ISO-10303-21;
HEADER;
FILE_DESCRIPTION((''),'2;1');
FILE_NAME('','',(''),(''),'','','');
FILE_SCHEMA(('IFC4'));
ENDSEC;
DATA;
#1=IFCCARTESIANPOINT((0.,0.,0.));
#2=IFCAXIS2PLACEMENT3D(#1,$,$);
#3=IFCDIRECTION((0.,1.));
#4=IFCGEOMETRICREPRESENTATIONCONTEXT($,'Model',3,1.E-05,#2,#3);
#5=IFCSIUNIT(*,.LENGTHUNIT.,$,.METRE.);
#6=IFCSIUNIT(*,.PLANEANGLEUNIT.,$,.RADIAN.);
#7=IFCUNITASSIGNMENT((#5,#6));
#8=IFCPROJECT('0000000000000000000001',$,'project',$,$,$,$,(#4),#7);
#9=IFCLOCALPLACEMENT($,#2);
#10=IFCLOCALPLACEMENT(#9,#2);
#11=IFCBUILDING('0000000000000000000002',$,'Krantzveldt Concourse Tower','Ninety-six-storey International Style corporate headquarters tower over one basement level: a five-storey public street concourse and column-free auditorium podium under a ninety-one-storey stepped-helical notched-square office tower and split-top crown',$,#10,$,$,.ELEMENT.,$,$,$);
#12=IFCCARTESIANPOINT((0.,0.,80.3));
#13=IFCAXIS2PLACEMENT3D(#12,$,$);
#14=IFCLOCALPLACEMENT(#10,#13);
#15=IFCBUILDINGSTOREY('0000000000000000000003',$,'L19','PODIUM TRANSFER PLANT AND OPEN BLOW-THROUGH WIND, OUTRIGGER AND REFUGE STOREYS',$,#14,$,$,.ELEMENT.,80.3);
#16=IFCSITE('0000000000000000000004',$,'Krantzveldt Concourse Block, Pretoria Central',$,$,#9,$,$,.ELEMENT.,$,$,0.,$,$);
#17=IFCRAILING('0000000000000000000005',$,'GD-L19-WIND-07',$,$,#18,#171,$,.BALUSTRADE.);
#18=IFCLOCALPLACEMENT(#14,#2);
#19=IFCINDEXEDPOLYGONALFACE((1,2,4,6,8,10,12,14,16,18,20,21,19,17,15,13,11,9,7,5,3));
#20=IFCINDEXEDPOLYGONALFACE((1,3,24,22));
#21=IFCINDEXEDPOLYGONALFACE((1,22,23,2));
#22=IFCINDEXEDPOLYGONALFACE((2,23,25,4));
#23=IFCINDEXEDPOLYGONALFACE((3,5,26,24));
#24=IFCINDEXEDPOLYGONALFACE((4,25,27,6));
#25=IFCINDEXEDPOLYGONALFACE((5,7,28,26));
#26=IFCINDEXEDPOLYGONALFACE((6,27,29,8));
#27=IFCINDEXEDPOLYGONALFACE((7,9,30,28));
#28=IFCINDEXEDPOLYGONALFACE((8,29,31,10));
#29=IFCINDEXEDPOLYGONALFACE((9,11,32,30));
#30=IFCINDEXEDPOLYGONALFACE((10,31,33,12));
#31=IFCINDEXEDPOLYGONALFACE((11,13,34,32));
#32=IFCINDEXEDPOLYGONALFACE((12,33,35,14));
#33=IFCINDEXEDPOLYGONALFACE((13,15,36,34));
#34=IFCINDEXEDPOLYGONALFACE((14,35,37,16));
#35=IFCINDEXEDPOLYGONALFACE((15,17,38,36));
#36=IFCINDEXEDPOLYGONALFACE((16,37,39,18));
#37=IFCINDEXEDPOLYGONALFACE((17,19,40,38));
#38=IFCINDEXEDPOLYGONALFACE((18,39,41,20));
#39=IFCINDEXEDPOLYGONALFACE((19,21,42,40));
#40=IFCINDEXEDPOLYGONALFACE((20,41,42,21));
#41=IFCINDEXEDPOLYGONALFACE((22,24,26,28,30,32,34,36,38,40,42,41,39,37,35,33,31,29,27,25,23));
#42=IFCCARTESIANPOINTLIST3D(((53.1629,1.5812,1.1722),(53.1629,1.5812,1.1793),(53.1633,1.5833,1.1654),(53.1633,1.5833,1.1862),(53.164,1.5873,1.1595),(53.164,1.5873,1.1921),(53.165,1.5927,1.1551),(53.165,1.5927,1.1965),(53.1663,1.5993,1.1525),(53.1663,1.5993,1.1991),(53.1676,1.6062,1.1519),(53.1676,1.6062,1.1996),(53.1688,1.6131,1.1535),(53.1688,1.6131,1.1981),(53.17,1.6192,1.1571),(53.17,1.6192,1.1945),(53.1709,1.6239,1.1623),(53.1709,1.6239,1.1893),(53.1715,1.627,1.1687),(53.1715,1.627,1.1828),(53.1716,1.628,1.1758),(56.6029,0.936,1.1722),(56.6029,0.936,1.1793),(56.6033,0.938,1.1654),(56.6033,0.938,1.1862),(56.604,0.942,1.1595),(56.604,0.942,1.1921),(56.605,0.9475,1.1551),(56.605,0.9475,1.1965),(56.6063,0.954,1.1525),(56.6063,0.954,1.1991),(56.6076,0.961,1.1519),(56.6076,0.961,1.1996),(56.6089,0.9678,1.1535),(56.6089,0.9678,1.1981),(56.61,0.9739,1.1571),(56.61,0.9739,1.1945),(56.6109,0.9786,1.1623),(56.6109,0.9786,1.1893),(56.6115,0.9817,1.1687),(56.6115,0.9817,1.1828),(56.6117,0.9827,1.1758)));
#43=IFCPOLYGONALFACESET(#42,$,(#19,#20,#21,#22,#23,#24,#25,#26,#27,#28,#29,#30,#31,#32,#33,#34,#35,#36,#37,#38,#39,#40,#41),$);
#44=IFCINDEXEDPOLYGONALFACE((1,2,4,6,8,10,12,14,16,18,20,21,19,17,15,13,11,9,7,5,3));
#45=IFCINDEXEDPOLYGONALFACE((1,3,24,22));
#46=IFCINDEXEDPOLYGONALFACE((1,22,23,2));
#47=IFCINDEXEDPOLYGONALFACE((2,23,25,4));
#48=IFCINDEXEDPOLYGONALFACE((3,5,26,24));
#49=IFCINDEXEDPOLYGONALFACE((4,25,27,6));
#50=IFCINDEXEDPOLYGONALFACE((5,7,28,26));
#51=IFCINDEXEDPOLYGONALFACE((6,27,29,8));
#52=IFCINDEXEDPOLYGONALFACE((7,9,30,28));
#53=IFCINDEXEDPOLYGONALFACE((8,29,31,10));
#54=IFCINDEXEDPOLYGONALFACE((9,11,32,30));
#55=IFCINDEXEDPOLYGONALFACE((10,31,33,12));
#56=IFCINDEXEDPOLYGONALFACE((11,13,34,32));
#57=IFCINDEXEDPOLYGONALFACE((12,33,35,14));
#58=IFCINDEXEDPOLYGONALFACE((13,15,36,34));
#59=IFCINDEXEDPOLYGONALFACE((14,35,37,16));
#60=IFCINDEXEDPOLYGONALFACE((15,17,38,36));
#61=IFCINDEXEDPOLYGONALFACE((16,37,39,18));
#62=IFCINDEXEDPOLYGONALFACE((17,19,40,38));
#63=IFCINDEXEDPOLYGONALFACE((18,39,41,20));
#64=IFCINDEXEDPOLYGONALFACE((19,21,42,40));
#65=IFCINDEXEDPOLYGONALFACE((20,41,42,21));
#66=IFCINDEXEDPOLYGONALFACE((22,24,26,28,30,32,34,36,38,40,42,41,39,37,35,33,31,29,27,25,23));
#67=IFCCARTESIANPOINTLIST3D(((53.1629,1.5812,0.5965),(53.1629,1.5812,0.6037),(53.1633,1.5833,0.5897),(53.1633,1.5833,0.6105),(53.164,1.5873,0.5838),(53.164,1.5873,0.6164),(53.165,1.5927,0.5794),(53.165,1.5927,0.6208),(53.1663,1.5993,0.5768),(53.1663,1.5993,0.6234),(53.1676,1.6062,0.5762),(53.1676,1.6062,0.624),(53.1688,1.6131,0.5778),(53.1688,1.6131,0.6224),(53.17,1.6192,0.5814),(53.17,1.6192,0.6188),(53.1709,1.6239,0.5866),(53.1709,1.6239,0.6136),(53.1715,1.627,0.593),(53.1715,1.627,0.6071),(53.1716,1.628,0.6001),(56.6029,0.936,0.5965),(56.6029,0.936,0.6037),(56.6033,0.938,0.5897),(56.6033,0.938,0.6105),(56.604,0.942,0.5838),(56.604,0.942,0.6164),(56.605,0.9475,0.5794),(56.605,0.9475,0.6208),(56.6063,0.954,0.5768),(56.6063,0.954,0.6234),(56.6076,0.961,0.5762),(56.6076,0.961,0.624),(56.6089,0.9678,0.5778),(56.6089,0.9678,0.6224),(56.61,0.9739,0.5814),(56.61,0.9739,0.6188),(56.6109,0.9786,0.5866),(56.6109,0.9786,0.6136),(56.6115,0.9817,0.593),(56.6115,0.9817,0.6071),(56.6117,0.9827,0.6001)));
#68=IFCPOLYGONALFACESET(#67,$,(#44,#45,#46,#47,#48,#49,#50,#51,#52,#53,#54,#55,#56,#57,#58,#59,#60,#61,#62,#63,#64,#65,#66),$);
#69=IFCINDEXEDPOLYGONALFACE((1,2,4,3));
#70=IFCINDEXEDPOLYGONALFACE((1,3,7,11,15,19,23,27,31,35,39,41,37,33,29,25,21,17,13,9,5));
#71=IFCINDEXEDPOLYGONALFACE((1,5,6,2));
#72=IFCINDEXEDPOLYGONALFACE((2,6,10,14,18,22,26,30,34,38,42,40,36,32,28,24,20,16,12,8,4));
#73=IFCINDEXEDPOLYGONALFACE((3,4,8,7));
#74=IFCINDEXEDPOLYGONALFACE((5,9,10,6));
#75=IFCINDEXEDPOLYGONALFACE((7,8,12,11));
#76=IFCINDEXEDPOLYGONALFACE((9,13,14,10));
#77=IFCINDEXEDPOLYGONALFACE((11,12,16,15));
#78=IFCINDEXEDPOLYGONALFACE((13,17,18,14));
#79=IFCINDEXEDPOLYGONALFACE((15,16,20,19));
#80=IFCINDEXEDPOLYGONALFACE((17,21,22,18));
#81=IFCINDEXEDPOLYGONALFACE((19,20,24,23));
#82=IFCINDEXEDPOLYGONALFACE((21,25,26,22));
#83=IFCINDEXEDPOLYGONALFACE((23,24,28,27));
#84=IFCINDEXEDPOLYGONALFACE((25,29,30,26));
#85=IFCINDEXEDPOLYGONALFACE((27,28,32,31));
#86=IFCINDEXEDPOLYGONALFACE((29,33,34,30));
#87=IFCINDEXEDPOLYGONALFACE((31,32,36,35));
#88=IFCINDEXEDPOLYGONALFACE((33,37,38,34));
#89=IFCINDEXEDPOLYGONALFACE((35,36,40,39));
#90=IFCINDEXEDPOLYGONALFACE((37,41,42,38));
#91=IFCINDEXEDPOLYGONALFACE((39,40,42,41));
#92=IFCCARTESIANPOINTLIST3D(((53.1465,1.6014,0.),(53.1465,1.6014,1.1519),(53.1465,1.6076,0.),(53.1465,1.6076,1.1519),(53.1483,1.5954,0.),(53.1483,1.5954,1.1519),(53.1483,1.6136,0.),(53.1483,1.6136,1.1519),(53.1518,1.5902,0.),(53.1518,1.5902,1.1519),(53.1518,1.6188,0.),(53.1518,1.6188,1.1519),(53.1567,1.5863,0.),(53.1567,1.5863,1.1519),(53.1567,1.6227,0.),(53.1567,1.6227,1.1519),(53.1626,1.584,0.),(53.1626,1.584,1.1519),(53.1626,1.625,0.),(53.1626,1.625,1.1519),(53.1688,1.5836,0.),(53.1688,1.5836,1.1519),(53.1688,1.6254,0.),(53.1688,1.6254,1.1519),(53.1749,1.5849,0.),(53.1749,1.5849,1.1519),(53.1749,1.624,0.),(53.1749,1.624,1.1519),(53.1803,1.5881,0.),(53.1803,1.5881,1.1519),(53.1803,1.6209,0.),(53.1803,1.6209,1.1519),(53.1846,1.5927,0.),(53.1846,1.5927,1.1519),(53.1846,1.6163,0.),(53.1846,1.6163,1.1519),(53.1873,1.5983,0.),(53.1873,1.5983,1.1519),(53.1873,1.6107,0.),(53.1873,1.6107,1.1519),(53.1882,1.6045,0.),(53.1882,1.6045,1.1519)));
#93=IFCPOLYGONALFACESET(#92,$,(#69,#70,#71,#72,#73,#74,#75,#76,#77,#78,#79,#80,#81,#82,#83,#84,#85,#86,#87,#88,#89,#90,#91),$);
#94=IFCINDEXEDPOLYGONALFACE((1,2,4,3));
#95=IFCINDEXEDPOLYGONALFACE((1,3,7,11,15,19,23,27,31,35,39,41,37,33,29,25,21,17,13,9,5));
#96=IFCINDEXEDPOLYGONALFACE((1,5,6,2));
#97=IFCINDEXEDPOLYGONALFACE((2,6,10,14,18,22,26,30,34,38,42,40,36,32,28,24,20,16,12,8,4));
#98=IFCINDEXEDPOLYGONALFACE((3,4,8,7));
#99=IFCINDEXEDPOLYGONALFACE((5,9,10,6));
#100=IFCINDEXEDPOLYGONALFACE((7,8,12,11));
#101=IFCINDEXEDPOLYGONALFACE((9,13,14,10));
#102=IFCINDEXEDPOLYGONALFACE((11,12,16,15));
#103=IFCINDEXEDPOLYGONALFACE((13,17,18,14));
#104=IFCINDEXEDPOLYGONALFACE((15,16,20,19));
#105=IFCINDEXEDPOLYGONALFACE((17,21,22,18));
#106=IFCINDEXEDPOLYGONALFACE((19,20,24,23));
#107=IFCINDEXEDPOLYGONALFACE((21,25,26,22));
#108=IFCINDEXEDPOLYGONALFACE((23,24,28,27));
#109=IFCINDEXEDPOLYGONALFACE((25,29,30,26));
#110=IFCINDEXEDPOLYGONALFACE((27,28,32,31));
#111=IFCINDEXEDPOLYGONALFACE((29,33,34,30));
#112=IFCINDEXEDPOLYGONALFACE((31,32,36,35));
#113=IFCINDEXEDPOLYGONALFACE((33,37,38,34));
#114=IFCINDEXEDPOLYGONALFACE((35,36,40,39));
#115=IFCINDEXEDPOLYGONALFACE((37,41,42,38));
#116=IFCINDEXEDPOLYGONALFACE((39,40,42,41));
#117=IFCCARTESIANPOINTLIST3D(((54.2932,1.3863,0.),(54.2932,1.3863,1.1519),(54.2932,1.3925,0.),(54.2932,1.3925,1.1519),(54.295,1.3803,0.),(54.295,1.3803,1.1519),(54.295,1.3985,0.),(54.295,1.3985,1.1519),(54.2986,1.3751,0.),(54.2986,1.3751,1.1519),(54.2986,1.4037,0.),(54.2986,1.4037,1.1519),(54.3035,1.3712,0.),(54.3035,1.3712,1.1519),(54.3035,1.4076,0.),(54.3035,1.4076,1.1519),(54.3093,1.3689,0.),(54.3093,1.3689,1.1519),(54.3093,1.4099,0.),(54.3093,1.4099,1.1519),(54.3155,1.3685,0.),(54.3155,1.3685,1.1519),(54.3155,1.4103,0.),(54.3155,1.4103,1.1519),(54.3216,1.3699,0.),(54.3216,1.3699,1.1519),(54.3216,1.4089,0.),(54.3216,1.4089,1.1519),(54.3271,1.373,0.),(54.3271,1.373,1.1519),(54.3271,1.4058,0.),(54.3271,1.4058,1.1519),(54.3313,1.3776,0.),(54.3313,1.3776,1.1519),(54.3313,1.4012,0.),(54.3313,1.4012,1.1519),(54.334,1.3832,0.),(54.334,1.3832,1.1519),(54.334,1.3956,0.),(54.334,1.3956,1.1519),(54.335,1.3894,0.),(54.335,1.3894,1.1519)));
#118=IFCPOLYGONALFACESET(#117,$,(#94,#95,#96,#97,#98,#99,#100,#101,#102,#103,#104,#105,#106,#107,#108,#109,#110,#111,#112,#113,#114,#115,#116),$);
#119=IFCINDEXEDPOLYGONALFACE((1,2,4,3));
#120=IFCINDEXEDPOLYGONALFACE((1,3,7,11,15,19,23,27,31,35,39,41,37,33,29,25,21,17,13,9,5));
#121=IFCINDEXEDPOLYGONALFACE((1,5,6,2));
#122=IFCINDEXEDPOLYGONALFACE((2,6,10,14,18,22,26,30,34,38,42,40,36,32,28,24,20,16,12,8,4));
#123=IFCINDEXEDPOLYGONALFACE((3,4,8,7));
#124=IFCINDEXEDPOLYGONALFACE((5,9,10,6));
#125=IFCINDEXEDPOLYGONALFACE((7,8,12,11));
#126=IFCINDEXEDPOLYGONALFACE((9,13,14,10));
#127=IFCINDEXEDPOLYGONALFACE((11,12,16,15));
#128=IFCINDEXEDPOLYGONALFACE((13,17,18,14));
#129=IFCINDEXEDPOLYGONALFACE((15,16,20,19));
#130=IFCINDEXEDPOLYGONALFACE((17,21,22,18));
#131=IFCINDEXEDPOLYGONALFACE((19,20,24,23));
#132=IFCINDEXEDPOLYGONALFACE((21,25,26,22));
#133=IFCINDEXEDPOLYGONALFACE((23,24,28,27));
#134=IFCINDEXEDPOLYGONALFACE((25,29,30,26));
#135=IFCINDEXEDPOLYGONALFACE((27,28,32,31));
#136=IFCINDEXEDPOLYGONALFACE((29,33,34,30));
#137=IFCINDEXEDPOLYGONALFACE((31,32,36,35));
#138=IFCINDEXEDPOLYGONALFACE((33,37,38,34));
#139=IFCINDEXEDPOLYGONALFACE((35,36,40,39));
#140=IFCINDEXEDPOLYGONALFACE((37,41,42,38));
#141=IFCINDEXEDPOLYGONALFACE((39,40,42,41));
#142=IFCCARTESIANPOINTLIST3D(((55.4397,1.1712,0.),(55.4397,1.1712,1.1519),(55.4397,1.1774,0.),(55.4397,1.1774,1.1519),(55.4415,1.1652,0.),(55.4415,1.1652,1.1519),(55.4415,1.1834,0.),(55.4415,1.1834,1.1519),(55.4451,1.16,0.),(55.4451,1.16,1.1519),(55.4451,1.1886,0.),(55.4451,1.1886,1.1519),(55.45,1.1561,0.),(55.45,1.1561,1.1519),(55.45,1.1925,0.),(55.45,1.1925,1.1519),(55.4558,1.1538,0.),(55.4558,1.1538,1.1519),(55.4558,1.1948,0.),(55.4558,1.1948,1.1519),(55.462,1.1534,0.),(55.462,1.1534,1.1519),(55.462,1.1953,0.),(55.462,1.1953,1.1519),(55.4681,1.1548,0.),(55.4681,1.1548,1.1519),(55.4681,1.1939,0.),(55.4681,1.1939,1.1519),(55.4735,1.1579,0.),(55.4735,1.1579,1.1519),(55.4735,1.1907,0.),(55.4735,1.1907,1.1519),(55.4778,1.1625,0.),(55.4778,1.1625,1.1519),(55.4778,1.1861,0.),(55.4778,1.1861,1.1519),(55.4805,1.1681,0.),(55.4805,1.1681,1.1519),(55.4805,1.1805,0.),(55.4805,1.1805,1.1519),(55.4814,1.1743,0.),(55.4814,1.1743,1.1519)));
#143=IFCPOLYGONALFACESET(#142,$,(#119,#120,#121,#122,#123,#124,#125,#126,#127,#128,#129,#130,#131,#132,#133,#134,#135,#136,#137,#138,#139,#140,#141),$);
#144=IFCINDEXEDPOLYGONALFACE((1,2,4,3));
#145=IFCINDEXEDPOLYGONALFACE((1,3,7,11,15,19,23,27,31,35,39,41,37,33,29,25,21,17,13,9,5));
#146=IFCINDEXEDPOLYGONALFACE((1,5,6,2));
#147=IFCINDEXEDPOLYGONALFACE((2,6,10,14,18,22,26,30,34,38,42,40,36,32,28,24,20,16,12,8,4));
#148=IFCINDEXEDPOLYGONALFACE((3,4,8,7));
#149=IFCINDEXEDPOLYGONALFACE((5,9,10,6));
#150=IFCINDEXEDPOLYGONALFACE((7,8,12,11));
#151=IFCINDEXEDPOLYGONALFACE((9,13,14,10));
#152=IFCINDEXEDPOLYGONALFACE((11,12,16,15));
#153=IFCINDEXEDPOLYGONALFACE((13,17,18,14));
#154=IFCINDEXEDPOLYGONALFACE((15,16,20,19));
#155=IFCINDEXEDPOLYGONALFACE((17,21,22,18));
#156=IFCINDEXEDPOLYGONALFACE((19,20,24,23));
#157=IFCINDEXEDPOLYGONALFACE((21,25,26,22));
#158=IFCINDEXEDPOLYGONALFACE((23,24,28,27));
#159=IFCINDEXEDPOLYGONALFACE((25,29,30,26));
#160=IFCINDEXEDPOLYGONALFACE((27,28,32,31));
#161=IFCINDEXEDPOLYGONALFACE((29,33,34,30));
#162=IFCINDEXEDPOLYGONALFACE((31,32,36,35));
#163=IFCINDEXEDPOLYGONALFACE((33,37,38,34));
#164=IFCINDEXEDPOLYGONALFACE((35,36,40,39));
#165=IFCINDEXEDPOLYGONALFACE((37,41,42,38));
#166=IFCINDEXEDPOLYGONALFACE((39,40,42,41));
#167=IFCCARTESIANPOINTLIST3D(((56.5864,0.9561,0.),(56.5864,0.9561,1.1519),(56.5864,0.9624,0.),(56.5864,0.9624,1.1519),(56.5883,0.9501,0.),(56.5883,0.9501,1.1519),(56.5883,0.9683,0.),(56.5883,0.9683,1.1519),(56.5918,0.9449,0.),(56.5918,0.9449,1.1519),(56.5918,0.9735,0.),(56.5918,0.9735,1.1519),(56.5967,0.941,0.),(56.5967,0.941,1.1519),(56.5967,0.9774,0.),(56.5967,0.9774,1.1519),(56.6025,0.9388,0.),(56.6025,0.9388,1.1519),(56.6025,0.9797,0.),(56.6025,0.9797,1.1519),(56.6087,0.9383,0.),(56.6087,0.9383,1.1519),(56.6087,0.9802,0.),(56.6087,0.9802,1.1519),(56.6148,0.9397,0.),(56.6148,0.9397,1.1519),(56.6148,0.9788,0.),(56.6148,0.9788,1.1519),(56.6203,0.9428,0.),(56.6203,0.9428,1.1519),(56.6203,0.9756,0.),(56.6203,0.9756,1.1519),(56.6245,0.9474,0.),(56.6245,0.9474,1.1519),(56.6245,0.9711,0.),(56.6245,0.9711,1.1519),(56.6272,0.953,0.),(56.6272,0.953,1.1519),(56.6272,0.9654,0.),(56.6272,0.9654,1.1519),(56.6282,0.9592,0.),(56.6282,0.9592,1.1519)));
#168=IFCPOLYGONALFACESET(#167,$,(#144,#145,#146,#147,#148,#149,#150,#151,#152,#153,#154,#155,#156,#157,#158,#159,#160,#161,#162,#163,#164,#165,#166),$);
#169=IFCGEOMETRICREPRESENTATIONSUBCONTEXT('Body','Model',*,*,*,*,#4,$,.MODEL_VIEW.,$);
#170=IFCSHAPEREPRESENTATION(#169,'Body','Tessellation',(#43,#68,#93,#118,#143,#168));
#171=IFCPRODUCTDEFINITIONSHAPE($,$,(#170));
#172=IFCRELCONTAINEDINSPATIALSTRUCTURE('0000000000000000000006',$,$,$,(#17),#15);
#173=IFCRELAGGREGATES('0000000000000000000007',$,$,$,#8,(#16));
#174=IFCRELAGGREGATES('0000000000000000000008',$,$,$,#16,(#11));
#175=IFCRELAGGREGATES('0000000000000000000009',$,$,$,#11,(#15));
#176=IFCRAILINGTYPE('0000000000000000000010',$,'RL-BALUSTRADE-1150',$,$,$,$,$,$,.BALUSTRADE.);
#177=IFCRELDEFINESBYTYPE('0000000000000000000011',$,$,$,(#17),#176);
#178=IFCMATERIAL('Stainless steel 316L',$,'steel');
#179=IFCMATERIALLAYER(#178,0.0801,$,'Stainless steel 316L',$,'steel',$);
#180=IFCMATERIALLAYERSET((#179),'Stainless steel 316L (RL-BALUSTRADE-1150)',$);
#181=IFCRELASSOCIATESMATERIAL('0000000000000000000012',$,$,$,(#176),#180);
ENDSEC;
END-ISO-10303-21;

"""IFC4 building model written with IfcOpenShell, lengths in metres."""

from ifc_helpers import new_model, si_unit, direction, frame, origin, origin_2d, place, context, subcontext, project, spatial, circle, extrude, material, layer, layer_set, type_object, element, save


model = new_model("IFC4")

# Units and contexts
model_context = context("Model", 3, precision=1e-05, world=origin(), true_north=direction((0.0, 1.0)))
body_context = subcontext(model_context, "Body", "Model", "MODEL_VIEW")
ifc_project = project(units=[si_unit("LENGTHUNIT", "METRE"), si_unit("PLANEANGLEUNIT", "RADIAN")], contexts=[model_context])

# Site, building, storey
site_placement = place(None, origin())
site = spatial("IfcSite", under=ifc_project, at=site_placement, Name="Krantzveldt Concourse Block, Pretoria Central", CompositionType="ELEMENT", RefElevation=0.0)
building_placement = place(site_placement, origin())
building = spatial("IfcBuilding", under=site, at=building_placement, Name="Krantzveldt Concourse Tower", Description="Ninety-six-storey International Style corporate headquarters tower over one basement level: a five-storey public street concourse and column-free auditorium podium under a ninety-one-storey stepped-helical notched-square office tower and split-top crown", CompositionType="ELEMENT")
storey_placement = place(building_placement, frame((0.0, 0.0, 80.3)))
storey = spatial("IfcBuildingStorey", under=building, at=storey_placement, Name="L19", Description="PODIUM TRANSFER PLANT AND OPEN BLOW-THROUGH WIND, OUTRIGGER AND REFUGE STOREYS", CompositionType="ELEMENT", Elevation=80.3)

# Shared definitions
ifc_material_1 = material(Name="Stainless steel 316L", Category="steel")

# Railing
ifc_layer_1 = layer(ifc_material_1, 0.0801, Name="Stainless steel 316L", Category="steel")
ifc_layer_set_1 = layer_set([ifc_layer_1], Name="Stainless steel 316L (RL-BALUSTRADE-1150)")
railing_type_1 = type_object("IfcRailingType", Name="RL-BALUSTRADE-1150", PredefinedType="BALUSTRADE", material=ifc_layer_set_1)
railing_1_placement = place(storey_placement, frame((53.1672, 1.6045, 0.0)))
element("IfcRailing", 1, at=railing_1_placement, inside=storey, type_object=railing_type_1, Name="GD-L19-WIND-07", PredefinedType="BALUSTRADE", context=body_context, shape_type="SweptSolid", body=[
    extrude(circle(Radius=0.0239, at=origin_2d()), frame((0.0, 0.0, 1.1758), z_axis=(0.982858, -0.184364, 0.0), x_axis=(0.184364, 0.982858, 0.0)), (0.0, 0.0, 1.0), 3.5),
    extrude(circle(Radius=0.0239, at=origin_2d()), frame((0.0, 0.0, 0.6001), z_axis=(0.982858, -0.184364, 0.0), x_axis=(0.184364, 0.982858, 0.0)), (0.0, 0.0, 1.0), 3.5),
    extrude(circle(Radius=0.021, at=origin_2d()), origin(), (0.0, 0.0, 1.0), 1.1519),
    extrude(circle(Radius=0.021, at=origin_2d()), frame((1.1467, -0.2151, 0.0)), (0.0, 0.0, 1.0), 1.1519),
    extrude(circle(Radius=0.021, at=origin_2d()), frame((2.2932, -0.4302, 0.0)), (0.0, 0.0, 1.0), 1.1519),
    extrude(circle(Radius=0.021, at=origin_2d()), frame((3.4399, -0.6453, 0.0)), (0.0, 0.0, 1.0), 1.1519),
])

save(model, "model.ifc")
